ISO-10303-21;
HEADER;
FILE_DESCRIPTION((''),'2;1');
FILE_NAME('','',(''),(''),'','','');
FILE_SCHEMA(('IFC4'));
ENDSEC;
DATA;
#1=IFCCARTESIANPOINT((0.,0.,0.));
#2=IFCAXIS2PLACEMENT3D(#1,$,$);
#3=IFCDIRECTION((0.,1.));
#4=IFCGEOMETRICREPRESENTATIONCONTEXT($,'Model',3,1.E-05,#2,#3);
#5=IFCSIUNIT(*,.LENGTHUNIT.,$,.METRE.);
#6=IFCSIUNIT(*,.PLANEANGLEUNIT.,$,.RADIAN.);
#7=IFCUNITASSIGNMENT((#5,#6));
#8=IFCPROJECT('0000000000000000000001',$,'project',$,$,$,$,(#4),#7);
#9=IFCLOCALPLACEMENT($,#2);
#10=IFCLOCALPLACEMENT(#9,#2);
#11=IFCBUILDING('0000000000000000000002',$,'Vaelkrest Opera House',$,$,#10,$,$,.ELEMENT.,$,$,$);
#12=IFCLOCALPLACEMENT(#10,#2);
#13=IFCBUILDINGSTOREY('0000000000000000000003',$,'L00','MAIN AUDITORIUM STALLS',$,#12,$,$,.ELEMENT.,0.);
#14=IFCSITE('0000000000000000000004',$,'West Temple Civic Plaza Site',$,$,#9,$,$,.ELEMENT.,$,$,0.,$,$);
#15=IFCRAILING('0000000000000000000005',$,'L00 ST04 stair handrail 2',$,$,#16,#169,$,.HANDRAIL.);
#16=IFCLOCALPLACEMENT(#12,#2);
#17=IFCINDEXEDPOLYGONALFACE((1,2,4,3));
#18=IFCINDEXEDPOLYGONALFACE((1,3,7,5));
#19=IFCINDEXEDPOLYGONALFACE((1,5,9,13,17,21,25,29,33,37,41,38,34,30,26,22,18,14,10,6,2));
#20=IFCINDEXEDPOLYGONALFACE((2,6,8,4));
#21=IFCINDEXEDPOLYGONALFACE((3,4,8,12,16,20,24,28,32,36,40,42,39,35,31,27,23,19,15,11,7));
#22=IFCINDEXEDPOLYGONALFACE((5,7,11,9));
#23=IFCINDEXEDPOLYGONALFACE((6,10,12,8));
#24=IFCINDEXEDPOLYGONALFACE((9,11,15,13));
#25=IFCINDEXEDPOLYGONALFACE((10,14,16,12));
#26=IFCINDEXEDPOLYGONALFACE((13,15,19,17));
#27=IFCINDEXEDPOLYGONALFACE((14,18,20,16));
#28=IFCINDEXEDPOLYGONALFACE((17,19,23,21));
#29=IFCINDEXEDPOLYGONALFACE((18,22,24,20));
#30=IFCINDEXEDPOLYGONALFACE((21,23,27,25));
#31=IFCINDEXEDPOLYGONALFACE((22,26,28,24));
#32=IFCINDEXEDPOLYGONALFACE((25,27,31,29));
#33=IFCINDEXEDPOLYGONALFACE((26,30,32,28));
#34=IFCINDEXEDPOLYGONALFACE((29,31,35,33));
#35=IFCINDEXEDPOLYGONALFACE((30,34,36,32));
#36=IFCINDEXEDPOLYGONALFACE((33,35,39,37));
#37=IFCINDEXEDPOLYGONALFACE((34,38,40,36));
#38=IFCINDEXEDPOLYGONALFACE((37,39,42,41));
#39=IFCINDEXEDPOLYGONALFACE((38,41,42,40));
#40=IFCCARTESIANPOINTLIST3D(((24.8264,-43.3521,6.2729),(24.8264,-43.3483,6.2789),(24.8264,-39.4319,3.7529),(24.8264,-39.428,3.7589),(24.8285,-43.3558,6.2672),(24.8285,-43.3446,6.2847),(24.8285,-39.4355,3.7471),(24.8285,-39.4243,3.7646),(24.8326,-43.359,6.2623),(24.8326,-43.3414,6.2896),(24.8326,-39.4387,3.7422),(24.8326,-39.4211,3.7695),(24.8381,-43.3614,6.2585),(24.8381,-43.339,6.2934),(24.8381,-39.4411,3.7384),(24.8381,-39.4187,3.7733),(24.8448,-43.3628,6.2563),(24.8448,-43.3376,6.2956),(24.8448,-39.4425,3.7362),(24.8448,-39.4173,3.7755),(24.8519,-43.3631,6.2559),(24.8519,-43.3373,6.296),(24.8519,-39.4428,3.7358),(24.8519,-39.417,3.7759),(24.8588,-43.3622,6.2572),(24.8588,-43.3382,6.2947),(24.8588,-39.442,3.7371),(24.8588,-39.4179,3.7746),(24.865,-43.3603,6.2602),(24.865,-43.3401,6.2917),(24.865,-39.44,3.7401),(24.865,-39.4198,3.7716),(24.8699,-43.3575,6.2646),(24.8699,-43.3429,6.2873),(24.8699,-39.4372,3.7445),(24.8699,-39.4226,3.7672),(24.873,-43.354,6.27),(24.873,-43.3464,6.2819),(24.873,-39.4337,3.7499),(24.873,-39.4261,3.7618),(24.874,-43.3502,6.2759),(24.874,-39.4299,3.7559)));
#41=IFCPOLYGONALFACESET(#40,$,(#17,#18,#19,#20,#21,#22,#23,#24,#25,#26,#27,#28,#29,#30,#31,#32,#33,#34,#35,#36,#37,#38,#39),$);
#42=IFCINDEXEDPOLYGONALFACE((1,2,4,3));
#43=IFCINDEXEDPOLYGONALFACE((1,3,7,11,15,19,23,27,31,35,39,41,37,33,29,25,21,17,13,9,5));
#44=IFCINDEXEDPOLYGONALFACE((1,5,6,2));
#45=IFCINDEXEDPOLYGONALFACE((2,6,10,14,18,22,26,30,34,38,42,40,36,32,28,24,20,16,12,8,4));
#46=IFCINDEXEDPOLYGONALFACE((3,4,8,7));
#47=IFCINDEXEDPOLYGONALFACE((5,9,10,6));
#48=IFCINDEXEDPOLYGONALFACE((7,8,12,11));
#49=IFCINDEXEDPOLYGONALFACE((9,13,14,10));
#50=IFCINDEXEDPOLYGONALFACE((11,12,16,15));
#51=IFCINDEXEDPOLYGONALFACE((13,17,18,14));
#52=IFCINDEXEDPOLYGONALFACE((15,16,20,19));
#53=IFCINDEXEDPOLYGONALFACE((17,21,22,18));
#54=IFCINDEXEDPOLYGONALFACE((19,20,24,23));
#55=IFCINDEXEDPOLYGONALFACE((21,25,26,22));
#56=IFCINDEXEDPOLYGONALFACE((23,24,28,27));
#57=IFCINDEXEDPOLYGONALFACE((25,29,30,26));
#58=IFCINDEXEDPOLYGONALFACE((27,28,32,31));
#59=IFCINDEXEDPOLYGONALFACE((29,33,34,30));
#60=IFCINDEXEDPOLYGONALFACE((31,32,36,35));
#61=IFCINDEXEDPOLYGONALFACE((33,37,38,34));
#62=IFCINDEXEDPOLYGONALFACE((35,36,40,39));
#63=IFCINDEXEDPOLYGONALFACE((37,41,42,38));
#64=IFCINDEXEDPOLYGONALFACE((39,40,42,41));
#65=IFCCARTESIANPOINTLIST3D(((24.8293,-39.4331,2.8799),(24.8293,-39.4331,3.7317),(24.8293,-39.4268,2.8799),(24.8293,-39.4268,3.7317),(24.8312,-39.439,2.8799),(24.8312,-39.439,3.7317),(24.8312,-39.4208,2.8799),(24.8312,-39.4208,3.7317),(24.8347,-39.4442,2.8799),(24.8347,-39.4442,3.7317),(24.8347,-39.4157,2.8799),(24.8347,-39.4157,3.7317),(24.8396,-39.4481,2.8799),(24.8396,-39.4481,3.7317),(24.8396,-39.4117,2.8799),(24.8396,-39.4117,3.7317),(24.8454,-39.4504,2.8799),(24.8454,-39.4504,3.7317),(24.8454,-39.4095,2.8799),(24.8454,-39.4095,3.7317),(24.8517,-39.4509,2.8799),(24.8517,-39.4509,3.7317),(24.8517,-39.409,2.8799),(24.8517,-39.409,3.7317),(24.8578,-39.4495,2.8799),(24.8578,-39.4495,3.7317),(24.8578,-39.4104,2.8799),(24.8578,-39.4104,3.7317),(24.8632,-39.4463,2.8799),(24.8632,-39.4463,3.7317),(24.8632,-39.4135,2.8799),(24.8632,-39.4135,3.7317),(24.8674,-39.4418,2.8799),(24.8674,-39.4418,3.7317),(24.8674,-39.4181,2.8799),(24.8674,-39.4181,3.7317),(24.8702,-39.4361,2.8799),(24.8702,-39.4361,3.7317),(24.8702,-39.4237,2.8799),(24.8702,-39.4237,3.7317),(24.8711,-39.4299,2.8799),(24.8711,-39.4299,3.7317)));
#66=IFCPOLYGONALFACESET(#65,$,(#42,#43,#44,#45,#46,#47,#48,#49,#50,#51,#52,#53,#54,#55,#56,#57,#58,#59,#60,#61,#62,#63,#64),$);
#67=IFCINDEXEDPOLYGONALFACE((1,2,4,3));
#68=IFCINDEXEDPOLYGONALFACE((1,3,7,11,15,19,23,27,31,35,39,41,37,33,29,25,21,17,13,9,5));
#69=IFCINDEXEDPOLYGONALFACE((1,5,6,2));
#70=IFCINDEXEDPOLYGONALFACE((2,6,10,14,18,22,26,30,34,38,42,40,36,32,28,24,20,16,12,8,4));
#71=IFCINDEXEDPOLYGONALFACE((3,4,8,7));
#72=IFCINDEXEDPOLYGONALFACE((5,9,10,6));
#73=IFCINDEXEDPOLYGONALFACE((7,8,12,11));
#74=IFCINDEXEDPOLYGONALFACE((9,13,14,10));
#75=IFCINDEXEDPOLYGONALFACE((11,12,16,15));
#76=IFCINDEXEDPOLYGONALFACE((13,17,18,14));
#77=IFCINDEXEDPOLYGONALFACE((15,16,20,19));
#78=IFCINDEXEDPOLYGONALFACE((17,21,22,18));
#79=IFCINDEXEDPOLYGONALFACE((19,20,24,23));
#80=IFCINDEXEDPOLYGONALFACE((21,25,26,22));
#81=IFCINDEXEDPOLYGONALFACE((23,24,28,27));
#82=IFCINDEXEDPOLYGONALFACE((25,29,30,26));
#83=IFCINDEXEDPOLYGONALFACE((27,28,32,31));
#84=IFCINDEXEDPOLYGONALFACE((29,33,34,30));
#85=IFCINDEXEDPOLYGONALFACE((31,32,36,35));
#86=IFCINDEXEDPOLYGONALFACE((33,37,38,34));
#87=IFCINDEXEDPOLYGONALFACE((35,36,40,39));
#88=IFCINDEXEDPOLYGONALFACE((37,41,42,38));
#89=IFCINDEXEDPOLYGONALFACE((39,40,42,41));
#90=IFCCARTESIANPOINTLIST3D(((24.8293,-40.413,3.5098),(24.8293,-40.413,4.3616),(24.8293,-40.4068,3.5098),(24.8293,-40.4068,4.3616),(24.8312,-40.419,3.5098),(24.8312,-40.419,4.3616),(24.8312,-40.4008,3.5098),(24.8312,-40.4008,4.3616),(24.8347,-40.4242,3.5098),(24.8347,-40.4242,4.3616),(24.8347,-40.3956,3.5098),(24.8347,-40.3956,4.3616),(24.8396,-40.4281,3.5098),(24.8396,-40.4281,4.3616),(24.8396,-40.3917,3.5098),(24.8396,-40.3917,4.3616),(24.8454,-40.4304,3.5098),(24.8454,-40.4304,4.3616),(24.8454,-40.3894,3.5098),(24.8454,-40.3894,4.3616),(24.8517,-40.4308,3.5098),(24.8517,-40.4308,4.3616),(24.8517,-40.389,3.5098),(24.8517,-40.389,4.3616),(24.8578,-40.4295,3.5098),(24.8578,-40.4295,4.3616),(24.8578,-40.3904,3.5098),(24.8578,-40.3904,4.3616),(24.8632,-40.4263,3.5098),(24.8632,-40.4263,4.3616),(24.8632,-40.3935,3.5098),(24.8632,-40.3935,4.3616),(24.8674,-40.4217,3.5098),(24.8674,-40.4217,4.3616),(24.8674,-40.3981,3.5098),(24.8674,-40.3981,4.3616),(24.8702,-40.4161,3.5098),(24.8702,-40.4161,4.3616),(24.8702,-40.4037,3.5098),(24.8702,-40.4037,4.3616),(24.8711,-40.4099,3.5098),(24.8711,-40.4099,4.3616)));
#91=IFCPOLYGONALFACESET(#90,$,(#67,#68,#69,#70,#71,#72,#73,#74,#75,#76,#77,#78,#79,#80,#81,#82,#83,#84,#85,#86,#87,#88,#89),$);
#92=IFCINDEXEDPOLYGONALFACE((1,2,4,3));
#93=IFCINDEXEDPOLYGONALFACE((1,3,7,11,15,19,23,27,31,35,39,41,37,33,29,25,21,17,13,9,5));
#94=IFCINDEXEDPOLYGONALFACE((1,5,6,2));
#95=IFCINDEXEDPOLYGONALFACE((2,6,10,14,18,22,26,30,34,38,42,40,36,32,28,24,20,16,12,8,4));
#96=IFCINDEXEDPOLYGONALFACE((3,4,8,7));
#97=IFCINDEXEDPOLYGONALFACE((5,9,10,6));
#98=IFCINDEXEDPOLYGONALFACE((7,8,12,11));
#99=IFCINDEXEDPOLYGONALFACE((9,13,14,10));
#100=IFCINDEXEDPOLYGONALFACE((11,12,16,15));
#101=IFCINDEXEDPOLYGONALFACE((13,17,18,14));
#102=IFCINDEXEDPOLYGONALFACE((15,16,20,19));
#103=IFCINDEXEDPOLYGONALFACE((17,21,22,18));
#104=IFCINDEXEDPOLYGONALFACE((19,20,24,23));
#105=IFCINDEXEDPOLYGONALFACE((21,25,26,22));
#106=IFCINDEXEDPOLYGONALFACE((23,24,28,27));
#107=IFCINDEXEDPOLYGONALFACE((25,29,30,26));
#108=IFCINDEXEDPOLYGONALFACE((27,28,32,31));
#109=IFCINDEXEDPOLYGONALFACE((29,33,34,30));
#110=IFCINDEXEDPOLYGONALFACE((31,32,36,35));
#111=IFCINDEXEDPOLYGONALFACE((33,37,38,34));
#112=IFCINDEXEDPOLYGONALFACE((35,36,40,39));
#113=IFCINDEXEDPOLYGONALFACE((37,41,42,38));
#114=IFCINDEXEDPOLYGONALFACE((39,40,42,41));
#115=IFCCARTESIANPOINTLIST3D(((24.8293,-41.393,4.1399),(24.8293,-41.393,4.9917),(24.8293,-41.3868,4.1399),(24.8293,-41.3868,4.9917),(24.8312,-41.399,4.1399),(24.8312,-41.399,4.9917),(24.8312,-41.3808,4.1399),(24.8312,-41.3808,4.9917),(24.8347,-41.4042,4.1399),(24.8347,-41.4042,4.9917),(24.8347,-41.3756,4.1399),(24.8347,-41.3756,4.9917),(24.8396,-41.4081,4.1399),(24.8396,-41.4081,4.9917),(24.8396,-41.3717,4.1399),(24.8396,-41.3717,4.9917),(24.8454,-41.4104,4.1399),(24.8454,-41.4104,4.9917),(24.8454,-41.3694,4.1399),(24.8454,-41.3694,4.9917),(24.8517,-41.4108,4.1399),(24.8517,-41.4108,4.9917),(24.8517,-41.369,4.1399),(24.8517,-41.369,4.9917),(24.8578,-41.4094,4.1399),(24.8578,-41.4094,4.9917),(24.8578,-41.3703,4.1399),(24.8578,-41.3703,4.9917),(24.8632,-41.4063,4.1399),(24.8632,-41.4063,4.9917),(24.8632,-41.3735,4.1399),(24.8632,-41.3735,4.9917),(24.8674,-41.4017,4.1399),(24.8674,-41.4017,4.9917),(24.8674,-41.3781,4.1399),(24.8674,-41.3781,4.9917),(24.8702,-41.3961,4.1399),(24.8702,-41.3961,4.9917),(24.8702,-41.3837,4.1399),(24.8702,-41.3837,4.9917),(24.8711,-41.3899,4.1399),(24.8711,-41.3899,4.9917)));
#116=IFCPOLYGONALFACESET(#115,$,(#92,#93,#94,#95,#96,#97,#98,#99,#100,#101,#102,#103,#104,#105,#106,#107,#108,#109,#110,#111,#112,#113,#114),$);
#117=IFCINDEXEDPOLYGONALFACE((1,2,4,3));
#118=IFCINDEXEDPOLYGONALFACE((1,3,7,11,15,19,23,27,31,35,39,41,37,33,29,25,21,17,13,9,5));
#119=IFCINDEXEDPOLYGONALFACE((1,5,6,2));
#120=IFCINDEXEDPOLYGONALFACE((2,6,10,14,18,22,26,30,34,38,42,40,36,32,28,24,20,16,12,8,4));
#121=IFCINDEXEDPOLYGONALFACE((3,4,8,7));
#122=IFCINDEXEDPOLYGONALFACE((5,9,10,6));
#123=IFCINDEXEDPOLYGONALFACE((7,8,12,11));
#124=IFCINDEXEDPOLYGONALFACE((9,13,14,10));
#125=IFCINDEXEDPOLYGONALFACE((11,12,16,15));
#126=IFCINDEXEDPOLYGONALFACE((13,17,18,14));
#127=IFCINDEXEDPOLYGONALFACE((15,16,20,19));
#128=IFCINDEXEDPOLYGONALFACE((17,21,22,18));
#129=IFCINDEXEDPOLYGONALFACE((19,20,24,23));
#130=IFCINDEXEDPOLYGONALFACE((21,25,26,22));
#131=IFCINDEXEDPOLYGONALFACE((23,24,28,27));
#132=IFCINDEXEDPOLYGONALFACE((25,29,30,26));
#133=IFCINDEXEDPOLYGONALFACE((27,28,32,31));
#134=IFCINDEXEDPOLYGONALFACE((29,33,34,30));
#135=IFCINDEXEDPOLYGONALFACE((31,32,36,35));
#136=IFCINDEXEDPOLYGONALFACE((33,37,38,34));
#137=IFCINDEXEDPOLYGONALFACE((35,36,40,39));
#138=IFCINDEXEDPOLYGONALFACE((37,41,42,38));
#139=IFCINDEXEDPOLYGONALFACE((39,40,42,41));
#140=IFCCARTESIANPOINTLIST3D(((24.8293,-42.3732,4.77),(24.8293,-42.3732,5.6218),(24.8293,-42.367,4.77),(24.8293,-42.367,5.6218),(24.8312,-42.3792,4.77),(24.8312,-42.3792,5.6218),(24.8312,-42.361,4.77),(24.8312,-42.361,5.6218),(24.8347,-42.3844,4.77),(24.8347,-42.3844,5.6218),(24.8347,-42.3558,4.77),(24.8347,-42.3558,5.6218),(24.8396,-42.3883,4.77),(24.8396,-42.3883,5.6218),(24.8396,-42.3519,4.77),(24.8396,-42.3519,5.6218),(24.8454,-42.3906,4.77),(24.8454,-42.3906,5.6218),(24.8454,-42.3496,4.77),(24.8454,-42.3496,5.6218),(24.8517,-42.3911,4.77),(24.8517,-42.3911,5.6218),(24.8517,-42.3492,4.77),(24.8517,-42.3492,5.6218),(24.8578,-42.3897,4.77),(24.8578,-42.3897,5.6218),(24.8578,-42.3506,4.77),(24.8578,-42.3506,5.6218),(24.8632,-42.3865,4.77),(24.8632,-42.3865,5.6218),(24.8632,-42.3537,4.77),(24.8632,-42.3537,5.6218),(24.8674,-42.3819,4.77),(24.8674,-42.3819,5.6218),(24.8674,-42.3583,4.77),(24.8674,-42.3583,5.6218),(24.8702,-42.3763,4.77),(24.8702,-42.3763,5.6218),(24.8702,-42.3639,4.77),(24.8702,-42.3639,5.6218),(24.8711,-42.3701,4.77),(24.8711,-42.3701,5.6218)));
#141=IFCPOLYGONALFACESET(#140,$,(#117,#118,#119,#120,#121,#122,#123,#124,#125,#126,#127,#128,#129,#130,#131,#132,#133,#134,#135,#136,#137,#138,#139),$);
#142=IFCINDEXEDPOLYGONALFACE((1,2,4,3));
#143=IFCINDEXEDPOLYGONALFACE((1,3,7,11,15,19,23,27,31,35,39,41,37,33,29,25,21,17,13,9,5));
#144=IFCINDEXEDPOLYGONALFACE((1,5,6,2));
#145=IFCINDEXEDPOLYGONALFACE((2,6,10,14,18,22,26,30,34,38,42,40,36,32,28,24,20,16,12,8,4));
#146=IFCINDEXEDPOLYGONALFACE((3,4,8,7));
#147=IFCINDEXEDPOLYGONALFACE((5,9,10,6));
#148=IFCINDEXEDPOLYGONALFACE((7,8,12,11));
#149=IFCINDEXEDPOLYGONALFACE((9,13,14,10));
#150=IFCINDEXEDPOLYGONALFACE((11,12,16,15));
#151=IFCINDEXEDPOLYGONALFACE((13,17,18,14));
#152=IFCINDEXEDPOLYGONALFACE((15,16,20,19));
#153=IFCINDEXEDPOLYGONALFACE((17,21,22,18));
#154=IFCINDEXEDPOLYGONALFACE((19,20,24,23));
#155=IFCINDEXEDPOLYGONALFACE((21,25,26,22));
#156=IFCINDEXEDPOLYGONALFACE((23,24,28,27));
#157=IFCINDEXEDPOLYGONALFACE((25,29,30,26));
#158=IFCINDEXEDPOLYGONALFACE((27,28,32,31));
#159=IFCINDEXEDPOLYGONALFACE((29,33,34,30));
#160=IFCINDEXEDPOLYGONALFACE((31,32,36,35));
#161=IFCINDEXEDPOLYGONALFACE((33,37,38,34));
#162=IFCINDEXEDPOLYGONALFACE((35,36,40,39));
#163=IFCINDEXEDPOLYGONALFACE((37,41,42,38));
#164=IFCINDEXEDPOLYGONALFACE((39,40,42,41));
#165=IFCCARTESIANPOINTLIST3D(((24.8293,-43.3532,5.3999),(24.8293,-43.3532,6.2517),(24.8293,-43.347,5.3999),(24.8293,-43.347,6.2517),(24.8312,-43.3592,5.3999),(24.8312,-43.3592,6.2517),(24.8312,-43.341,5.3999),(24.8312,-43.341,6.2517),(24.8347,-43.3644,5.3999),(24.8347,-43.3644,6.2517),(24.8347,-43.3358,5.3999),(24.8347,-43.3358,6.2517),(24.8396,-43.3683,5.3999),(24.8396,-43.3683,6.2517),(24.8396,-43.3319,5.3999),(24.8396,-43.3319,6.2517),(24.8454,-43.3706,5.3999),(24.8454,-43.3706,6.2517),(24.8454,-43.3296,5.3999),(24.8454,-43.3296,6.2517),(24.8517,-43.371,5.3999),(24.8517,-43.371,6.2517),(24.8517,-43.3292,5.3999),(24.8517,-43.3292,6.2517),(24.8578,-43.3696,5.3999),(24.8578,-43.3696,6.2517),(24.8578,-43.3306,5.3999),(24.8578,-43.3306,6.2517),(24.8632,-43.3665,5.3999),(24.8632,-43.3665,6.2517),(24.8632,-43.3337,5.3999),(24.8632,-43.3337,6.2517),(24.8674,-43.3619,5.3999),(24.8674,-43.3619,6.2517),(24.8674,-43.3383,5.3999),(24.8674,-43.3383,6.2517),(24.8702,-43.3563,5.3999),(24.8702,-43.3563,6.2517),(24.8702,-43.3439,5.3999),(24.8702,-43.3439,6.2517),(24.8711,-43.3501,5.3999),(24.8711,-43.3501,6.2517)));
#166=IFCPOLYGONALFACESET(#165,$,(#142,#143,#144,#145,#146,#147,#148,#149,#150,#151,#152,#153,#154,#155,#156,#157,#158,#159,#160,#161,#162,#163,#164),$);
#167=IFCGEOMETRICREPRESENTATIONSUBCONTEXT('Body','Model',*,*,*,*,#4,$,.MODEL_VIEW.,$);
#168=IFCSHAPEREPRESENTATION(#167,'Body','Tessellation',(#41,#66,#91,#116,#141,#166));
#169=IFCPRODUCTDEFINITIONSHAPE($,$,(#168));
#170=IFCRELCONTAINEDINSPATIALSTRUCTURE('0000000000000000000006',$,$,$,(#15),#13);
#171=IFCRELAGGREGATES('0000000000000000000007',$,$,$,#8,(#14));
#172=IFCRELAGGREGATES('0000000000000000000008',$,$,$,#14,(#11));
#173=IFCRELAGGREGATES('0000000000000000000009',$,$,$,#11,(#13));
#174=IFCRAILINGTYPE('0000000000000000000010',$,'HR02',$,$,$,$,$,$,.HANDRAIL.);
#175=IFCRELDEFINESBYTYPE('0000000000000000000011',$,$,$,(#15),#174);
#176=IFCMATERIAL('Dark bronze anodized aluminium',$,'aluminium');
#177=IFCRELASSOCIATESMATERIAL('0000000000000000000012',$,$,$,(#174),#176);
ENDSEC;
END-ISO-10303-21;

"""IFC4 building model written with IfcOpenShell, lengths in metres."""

from ifc_helpers import new_model, si_unit, direction, frame, origin, origin_2d, place, context, subcontext, project, spatial, circle, extrude, material, type_object, element, save


model = new_model("IFC4")

# Units and contexts
model_context = context("Model", 3, precision=1e-05, world=origin(), true_north=direction((0.0, 1.0)))
body_context = subcontext(model_context, "Body", "Model", "MODEL_VIEW")
ifc_project = project(units=[si_unit("LENGTHUNIT", "METRE"), si_unit("PLANEANGLEUNIT", "RADIAN")], contexts=[model_context])

# Site, building, storey
site_placement = place(None, origin())
site = spatial("IfcSite", under=ifc_project, at=site_placement, Name="West Temple Civic Plaza Site", CompositionType="ELEMENT", RefElevation=0.0)
building_placement = place(site_placement, origin())
building = spatial("IfcBuilding", under=site, at=building_placement, Name="Vaelkrest Opera House", CompositionType="ELEMENT")
storey_placement = place(building_placement, origin())
storey = spatial("IfcBuildingStorey", under=building, at=storey_placement, Name="L00", Description="MAIN AUDITORIUM STALLS", CompositionType="ELEMENT", Elevation=0.0)

# Shared definitions
ifc_material_1 = material(Name="Dark bronze anodized aluminium", Category="aluminium")

# Railing
railing_type_1 = type_object("IfcRailingType", Name="HR02", PredefinedType="HANDRAIL", material=ifc_material_1)
railing_1_placement = place(storey_placement, frame((24.8501, -39.4299, 2.8799)))
element("IfcRailing", 1, at=railing_1_placement, inside=storey, type_object=railing_type_1, Name="L00 ST04 stair handrail 2", PredefinedType="HANDRAIL", context=body_context, shape_type="SweptSolid", body=[
    extrude(circle(Radius=0.0239, at=origin_2d()), frame((0.0, 0.0, 0.876), z_axis=(0.0, -0.841187, 0.540744), x_axis=(1.0, 0.0, 0.0)), (0.0, 0.0, 1.0), 4.6604),
    extrude(circle(Radius=0.021, at=origin_2d()), origin(), (0.0, 0.0, 1.0), 0.8518),
    extrude(circle(Radius=0.021, at=origin_2d()), frame((0.0, -0.98, 0.6299)), (0.0, 0.0, 1.0), 0.8518),
    extrude(circle(Radius=0.021, at=origin_2d()), frame((0.0, -1.96, 1.26)), (0.0, 0.0, 1.0), 0.8518),
    extrude(circle(Radius=0.021, at=origin_2d()), frame((0.0, -2.9402, 1.8901)), (0.0, 0.0, 1.0), 0.8518),
    extrude(circle(Radius=0.021, at=origin_2d()), frame((0.0, -3.9202, 2.52)), (0.0, 0.0, 1.0), 0.8518),
])

save(model, "model.ifc")
